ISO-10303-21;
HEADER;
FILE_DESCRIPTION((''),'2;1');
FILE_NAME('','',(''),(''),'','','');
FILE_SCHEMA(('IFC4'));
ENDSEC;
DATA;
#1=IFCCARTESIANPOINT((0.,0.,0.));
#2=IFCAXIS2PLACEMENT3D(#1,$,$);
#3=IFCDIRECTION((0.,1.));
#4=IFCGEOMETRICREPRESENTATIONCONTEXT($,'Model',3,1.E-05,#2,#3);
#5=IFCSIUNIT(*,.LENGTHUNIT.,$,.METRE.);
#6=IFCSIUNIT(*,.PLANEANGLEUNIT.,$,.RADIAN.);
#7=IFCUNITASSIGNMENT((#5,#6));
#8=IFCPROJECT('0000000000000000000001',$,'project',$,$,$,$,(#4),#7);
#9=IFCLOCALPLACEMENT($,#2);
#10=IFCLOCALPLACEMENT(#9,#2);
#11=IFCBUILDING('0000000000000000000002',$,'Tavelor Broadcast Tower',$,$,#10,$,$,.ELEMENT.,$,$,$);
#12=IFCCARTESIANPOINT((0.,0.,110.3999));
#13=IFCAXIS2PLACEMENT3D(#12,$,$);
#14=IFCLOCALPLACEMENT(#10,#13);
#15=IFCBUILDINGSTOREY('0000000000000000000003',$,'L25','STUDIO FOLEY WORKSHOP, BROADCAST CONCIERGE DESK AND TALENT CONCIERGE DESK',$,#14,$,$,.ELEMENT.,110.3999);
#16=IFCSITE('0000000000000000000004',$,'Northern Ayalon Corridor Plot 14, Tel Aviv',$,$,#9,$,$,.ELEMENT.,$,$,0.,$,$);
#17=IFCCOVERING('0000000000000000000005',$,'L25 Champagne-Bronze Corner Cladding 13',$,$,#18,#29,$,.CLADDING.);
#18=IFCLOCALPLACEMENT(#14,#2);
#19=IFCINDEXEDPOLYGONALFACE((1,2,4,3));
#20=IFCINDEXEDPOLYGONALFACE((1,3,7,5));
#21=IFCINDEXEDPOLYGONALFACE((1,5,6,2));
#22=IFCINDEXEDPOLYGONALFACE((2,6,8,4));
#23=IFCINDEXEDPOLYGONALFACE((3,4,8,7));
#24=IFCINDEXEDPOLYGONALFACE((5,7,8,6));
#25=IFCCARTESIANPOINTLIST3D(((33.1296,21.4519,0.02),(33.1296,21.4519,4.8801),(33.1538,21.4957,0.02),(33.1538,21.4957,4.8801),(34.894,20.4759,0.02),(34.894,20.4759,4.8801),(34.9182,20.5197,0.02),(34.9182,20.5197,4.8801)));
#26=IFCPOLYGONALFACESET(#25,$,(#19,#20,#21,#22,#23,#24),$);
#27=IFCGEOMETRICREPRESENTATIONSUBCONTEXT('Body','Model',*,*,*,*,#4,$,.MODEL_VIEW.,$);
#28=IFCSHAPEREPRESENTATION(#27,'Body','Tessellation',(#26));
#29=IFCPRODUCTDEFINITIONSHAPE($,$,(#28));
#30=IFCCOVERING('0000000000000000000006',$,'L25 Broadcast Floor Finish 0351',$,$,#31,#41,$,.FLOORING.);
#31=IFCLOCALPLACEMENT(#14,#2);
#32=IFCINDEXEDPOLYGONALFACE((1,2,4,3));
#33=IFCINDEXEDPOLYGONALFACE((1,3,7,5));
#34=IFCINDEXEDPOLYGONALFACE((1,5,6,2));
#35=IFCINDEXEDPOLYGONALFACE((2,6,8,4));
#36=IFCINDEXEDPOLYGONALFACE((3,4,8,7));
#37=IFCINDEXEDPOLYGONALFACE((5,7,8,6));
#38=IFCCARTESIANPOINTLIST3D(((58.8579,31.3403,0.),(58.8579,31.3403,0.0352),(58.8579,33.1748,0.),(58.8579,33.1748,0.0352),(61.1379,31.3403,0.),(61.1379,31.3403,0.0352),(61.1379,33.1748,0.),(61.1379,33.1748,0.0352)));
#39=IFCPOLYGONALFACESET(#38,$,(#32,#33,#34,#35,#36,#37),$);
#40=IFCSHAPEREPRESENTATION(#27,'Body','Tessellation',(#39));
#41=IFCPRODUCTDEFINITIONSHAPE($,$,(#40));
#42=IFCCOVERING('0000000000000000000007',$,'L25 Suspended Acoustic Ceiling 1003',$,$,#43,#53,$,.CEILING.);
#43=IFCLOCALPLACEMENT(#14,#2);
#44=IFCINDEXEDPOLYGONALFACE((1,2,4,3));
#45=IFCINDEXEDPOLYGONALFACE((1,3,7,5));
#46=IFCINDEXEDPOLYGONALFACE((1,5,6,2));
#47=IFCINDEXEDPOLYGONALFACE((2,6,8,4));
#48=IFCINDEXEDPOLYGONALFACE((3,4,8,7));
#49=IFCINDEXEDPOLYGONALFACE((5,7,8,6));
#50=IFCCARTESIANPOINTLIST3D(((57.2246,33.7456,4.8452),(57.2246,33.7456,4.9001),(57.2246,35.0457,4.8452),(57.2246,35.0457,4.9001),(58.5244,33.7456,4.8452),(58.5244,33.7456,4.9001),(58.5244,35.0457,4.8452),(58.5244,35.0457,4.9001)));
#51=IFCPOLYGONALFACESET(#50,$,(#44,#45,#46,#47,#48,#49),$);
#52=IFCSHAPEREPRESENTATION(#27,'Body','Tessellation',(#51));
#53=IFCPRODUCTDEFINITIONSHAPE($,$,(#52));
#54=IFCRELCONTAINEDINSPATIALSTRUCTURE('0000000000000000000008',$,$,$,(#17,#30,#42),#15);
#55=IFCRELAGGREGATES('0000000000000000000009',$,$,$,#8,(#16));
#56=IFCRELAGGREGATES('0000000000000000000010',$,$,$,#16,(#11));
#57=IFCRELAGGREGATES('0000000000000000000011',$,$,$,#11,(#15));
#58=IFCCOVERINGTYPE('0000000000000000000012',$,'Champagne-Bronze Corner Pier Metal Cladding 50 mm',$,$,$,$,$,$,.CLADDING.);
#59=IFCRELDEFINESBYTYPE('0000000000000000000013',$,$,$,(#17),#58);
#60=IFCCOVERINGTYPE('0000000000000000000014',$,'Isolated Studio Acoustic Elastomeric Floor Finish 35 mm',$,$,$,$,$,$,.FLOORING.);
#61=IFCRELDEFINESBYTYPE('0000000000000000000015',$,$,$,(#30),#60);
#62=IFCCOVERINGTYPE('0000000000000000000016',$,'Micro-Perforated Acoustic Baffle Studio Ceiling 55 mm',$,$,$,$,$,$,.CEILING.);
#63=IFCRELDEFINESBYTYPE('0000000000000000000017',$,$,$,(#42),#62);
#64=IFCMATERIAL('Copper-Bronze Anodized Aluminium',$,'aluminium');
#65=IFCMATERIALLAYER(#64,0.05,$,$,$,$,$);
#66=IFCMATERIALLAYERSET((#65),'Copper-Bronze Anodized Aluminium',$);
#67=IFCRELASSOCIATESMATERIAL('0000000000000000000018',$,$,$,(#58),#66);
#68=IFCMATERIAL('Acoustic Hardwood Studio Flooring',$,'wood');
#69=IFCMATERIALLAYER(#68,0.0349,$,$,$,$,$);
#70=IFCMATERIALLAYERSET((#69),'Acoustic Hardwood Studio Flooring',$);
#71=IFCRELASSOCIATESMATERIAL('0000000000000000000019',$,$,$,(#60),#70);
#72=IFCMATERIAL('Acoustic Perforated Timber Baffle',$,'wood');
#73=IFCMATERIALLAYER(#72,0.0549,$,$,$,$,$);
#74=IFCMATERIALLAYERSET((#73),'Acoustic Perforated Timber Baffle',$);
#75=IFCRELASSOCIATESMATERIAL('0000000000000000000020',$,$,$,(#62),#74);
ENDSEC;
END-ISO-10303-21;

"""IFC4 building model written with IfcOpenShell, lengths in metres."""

from ifc_helpers import new_model, si_unit, direction, frame, origin, origin_2d, place, context, subcontext, project, spatial, polyline, rectangle, outline, extrude, material, layer, layer_set, type_object, element, save


model = new_model("IFC4")

# Units and contexts
model_context = context("Model", 3, precision=1e-05, world=origin(), true_north=direction((0.0, 1.0)))
body_context = subcontext(model_context, "Body", "Model", "MODEL_VIEW")
ifc_project = project(units=[si_unit("LENGTHUNIT", "METRE"), si_unit("PLANEANGLEUNIT", "RADIAN")], contexts=[model_context])

# Site, building, storey
site_placement = place(None, origin())
site = spatial("IfcSite", under=ifc_project, at=site_placement, Name="Northern Ayalon Corridor Plot 14, Tel Aviv", CompositionType="ELEMENT", RefElevation=0.0)
building_placement = place(site_placement, origin())
building = spatial("IfcBuilding", under=site, at=building_placement, Name="Tavelor Broadcast Tower", CompositionType="ELEMENT")
storey_placement = place(building_placement, frame((0.0, 0.0, 110.3999)))
storey = spatial("IfcBuildingStorey", under=building, at=storey_placement, Name="L25", Description="STUDIO FOLEY WORKSHOP, BROADCAST CONCIERGE DESK AND TALENT CONCIERGE DESK", CompositionType="ELEMENT", Elevation=110.3999)

# Coverings
ifc_material_1 = material(Name="Copper-Bronze Anodized Aluminium", Category="aluminium")
ifc_layer_1 = layer(ifc_material_1, 0.05)
ifc_layer_set_1 = layer_set([ifc_layer_1], Name="Copper-Bronze Anodized Aluminium")
covering_type_1 = type_object("IfcCoveringType", Name="Champagne-Bronze Corner Pier Metal Cladding 50 mm", PredefinedType="CLADDING", material=ifc_layer_set_1)
covering_1_placement = place(storey_placement, frame((34.0239, 20.9858, 0.02), z_axis=(0.0, 0.0, 1.0), x_axis=(0.875042, -0.484046, 0.0)))
element("IfcCovering", 1, at=covering_1_placement, inside=storey, type_object=covering_type_1, Name="L25 Champagne-Bronze Corner Cladding 13", PredefinedType="CLADDING", context=body_context, shape_type="SweptSolid", body=[
    extrude(rectangle(XDim=2.0164, YDim=0.05, at=origin_2d()), origin(), (0.0, 0.0, 1.0), 4.8601),
])
ifc_material_2 = material(Name="Acoustic Hardwood Studio Flooring", Category="wood")
ifc_layer_2 = layer(ifc_material_2, 0.0349)
ifc_layer_set_2 = layer_set([ifc_layer_2], Name="Acoustic Hardwood Studio Flooring")
covering_type_2 = type_object("IfcCoveringType", Name="Isolated Studio Acoustic Elastomeric Floor Finish 35 mm", PredefinedType="FLOORING", material=ifc_layer_set_2)
covering_2_placement = place(storey_placement, origin())
element("IfcCovering", 2, at=covering_2_placement, inside=storey, type_object=covering_type_2, Name="L25 Broadcast Floor Finish 0351", PredefinedType="FLOORING", context=body_context, shape_type="SweptSolid", body=[
    extrude(outline(polyline([(58.8579, 31.3403), (61.1379, 31.3403), (61.1379, 33.1748), (58.8579, 33.1748), (58.8579, 31.3403)])), origin(), (0.0, 0.0, 1.0), 0.0352),
])
ifc_material_3 = material(Name="Acoustic Perforated Timber Baffle", Category="wood")
ifc_layer_3 = layer(ifc_material_3, 0.0549)
ifc_layer_set_3 = layer_set([ifc_layer_3], Name="Acoustic Perforated Timber Baffle")
covering_type_3 = type_object("IfcCoveringType", Name="Micro-Perforated Acoustic Baffle Studio Ceiling 55 mm", PredefinedType="CEILING", material=ifc_layer_set_3)
covering_3_placement = place(storey_placement, frame((0.0, 0.0, 4.8452)))
element("IfcCovering", 3, at=covering_3_placement, inside=storey, type_object=covering_type_3, Name="L25 Suspended Acoustic Ceiling 1003", PredefinedType="CEILING", context=body_context, shape_type="SweptSolid", body=[
    extrude(outline(polyline([(57.2246, 33.7456), (58.5244, 33.7456), (58.5244, 35.0457), (57.2246, 35.0457), (57.2246, 33.7456)])), origin(), (0.0, 0.0, 1.0), 0.0549),
])

save(model, "model.ifc")
